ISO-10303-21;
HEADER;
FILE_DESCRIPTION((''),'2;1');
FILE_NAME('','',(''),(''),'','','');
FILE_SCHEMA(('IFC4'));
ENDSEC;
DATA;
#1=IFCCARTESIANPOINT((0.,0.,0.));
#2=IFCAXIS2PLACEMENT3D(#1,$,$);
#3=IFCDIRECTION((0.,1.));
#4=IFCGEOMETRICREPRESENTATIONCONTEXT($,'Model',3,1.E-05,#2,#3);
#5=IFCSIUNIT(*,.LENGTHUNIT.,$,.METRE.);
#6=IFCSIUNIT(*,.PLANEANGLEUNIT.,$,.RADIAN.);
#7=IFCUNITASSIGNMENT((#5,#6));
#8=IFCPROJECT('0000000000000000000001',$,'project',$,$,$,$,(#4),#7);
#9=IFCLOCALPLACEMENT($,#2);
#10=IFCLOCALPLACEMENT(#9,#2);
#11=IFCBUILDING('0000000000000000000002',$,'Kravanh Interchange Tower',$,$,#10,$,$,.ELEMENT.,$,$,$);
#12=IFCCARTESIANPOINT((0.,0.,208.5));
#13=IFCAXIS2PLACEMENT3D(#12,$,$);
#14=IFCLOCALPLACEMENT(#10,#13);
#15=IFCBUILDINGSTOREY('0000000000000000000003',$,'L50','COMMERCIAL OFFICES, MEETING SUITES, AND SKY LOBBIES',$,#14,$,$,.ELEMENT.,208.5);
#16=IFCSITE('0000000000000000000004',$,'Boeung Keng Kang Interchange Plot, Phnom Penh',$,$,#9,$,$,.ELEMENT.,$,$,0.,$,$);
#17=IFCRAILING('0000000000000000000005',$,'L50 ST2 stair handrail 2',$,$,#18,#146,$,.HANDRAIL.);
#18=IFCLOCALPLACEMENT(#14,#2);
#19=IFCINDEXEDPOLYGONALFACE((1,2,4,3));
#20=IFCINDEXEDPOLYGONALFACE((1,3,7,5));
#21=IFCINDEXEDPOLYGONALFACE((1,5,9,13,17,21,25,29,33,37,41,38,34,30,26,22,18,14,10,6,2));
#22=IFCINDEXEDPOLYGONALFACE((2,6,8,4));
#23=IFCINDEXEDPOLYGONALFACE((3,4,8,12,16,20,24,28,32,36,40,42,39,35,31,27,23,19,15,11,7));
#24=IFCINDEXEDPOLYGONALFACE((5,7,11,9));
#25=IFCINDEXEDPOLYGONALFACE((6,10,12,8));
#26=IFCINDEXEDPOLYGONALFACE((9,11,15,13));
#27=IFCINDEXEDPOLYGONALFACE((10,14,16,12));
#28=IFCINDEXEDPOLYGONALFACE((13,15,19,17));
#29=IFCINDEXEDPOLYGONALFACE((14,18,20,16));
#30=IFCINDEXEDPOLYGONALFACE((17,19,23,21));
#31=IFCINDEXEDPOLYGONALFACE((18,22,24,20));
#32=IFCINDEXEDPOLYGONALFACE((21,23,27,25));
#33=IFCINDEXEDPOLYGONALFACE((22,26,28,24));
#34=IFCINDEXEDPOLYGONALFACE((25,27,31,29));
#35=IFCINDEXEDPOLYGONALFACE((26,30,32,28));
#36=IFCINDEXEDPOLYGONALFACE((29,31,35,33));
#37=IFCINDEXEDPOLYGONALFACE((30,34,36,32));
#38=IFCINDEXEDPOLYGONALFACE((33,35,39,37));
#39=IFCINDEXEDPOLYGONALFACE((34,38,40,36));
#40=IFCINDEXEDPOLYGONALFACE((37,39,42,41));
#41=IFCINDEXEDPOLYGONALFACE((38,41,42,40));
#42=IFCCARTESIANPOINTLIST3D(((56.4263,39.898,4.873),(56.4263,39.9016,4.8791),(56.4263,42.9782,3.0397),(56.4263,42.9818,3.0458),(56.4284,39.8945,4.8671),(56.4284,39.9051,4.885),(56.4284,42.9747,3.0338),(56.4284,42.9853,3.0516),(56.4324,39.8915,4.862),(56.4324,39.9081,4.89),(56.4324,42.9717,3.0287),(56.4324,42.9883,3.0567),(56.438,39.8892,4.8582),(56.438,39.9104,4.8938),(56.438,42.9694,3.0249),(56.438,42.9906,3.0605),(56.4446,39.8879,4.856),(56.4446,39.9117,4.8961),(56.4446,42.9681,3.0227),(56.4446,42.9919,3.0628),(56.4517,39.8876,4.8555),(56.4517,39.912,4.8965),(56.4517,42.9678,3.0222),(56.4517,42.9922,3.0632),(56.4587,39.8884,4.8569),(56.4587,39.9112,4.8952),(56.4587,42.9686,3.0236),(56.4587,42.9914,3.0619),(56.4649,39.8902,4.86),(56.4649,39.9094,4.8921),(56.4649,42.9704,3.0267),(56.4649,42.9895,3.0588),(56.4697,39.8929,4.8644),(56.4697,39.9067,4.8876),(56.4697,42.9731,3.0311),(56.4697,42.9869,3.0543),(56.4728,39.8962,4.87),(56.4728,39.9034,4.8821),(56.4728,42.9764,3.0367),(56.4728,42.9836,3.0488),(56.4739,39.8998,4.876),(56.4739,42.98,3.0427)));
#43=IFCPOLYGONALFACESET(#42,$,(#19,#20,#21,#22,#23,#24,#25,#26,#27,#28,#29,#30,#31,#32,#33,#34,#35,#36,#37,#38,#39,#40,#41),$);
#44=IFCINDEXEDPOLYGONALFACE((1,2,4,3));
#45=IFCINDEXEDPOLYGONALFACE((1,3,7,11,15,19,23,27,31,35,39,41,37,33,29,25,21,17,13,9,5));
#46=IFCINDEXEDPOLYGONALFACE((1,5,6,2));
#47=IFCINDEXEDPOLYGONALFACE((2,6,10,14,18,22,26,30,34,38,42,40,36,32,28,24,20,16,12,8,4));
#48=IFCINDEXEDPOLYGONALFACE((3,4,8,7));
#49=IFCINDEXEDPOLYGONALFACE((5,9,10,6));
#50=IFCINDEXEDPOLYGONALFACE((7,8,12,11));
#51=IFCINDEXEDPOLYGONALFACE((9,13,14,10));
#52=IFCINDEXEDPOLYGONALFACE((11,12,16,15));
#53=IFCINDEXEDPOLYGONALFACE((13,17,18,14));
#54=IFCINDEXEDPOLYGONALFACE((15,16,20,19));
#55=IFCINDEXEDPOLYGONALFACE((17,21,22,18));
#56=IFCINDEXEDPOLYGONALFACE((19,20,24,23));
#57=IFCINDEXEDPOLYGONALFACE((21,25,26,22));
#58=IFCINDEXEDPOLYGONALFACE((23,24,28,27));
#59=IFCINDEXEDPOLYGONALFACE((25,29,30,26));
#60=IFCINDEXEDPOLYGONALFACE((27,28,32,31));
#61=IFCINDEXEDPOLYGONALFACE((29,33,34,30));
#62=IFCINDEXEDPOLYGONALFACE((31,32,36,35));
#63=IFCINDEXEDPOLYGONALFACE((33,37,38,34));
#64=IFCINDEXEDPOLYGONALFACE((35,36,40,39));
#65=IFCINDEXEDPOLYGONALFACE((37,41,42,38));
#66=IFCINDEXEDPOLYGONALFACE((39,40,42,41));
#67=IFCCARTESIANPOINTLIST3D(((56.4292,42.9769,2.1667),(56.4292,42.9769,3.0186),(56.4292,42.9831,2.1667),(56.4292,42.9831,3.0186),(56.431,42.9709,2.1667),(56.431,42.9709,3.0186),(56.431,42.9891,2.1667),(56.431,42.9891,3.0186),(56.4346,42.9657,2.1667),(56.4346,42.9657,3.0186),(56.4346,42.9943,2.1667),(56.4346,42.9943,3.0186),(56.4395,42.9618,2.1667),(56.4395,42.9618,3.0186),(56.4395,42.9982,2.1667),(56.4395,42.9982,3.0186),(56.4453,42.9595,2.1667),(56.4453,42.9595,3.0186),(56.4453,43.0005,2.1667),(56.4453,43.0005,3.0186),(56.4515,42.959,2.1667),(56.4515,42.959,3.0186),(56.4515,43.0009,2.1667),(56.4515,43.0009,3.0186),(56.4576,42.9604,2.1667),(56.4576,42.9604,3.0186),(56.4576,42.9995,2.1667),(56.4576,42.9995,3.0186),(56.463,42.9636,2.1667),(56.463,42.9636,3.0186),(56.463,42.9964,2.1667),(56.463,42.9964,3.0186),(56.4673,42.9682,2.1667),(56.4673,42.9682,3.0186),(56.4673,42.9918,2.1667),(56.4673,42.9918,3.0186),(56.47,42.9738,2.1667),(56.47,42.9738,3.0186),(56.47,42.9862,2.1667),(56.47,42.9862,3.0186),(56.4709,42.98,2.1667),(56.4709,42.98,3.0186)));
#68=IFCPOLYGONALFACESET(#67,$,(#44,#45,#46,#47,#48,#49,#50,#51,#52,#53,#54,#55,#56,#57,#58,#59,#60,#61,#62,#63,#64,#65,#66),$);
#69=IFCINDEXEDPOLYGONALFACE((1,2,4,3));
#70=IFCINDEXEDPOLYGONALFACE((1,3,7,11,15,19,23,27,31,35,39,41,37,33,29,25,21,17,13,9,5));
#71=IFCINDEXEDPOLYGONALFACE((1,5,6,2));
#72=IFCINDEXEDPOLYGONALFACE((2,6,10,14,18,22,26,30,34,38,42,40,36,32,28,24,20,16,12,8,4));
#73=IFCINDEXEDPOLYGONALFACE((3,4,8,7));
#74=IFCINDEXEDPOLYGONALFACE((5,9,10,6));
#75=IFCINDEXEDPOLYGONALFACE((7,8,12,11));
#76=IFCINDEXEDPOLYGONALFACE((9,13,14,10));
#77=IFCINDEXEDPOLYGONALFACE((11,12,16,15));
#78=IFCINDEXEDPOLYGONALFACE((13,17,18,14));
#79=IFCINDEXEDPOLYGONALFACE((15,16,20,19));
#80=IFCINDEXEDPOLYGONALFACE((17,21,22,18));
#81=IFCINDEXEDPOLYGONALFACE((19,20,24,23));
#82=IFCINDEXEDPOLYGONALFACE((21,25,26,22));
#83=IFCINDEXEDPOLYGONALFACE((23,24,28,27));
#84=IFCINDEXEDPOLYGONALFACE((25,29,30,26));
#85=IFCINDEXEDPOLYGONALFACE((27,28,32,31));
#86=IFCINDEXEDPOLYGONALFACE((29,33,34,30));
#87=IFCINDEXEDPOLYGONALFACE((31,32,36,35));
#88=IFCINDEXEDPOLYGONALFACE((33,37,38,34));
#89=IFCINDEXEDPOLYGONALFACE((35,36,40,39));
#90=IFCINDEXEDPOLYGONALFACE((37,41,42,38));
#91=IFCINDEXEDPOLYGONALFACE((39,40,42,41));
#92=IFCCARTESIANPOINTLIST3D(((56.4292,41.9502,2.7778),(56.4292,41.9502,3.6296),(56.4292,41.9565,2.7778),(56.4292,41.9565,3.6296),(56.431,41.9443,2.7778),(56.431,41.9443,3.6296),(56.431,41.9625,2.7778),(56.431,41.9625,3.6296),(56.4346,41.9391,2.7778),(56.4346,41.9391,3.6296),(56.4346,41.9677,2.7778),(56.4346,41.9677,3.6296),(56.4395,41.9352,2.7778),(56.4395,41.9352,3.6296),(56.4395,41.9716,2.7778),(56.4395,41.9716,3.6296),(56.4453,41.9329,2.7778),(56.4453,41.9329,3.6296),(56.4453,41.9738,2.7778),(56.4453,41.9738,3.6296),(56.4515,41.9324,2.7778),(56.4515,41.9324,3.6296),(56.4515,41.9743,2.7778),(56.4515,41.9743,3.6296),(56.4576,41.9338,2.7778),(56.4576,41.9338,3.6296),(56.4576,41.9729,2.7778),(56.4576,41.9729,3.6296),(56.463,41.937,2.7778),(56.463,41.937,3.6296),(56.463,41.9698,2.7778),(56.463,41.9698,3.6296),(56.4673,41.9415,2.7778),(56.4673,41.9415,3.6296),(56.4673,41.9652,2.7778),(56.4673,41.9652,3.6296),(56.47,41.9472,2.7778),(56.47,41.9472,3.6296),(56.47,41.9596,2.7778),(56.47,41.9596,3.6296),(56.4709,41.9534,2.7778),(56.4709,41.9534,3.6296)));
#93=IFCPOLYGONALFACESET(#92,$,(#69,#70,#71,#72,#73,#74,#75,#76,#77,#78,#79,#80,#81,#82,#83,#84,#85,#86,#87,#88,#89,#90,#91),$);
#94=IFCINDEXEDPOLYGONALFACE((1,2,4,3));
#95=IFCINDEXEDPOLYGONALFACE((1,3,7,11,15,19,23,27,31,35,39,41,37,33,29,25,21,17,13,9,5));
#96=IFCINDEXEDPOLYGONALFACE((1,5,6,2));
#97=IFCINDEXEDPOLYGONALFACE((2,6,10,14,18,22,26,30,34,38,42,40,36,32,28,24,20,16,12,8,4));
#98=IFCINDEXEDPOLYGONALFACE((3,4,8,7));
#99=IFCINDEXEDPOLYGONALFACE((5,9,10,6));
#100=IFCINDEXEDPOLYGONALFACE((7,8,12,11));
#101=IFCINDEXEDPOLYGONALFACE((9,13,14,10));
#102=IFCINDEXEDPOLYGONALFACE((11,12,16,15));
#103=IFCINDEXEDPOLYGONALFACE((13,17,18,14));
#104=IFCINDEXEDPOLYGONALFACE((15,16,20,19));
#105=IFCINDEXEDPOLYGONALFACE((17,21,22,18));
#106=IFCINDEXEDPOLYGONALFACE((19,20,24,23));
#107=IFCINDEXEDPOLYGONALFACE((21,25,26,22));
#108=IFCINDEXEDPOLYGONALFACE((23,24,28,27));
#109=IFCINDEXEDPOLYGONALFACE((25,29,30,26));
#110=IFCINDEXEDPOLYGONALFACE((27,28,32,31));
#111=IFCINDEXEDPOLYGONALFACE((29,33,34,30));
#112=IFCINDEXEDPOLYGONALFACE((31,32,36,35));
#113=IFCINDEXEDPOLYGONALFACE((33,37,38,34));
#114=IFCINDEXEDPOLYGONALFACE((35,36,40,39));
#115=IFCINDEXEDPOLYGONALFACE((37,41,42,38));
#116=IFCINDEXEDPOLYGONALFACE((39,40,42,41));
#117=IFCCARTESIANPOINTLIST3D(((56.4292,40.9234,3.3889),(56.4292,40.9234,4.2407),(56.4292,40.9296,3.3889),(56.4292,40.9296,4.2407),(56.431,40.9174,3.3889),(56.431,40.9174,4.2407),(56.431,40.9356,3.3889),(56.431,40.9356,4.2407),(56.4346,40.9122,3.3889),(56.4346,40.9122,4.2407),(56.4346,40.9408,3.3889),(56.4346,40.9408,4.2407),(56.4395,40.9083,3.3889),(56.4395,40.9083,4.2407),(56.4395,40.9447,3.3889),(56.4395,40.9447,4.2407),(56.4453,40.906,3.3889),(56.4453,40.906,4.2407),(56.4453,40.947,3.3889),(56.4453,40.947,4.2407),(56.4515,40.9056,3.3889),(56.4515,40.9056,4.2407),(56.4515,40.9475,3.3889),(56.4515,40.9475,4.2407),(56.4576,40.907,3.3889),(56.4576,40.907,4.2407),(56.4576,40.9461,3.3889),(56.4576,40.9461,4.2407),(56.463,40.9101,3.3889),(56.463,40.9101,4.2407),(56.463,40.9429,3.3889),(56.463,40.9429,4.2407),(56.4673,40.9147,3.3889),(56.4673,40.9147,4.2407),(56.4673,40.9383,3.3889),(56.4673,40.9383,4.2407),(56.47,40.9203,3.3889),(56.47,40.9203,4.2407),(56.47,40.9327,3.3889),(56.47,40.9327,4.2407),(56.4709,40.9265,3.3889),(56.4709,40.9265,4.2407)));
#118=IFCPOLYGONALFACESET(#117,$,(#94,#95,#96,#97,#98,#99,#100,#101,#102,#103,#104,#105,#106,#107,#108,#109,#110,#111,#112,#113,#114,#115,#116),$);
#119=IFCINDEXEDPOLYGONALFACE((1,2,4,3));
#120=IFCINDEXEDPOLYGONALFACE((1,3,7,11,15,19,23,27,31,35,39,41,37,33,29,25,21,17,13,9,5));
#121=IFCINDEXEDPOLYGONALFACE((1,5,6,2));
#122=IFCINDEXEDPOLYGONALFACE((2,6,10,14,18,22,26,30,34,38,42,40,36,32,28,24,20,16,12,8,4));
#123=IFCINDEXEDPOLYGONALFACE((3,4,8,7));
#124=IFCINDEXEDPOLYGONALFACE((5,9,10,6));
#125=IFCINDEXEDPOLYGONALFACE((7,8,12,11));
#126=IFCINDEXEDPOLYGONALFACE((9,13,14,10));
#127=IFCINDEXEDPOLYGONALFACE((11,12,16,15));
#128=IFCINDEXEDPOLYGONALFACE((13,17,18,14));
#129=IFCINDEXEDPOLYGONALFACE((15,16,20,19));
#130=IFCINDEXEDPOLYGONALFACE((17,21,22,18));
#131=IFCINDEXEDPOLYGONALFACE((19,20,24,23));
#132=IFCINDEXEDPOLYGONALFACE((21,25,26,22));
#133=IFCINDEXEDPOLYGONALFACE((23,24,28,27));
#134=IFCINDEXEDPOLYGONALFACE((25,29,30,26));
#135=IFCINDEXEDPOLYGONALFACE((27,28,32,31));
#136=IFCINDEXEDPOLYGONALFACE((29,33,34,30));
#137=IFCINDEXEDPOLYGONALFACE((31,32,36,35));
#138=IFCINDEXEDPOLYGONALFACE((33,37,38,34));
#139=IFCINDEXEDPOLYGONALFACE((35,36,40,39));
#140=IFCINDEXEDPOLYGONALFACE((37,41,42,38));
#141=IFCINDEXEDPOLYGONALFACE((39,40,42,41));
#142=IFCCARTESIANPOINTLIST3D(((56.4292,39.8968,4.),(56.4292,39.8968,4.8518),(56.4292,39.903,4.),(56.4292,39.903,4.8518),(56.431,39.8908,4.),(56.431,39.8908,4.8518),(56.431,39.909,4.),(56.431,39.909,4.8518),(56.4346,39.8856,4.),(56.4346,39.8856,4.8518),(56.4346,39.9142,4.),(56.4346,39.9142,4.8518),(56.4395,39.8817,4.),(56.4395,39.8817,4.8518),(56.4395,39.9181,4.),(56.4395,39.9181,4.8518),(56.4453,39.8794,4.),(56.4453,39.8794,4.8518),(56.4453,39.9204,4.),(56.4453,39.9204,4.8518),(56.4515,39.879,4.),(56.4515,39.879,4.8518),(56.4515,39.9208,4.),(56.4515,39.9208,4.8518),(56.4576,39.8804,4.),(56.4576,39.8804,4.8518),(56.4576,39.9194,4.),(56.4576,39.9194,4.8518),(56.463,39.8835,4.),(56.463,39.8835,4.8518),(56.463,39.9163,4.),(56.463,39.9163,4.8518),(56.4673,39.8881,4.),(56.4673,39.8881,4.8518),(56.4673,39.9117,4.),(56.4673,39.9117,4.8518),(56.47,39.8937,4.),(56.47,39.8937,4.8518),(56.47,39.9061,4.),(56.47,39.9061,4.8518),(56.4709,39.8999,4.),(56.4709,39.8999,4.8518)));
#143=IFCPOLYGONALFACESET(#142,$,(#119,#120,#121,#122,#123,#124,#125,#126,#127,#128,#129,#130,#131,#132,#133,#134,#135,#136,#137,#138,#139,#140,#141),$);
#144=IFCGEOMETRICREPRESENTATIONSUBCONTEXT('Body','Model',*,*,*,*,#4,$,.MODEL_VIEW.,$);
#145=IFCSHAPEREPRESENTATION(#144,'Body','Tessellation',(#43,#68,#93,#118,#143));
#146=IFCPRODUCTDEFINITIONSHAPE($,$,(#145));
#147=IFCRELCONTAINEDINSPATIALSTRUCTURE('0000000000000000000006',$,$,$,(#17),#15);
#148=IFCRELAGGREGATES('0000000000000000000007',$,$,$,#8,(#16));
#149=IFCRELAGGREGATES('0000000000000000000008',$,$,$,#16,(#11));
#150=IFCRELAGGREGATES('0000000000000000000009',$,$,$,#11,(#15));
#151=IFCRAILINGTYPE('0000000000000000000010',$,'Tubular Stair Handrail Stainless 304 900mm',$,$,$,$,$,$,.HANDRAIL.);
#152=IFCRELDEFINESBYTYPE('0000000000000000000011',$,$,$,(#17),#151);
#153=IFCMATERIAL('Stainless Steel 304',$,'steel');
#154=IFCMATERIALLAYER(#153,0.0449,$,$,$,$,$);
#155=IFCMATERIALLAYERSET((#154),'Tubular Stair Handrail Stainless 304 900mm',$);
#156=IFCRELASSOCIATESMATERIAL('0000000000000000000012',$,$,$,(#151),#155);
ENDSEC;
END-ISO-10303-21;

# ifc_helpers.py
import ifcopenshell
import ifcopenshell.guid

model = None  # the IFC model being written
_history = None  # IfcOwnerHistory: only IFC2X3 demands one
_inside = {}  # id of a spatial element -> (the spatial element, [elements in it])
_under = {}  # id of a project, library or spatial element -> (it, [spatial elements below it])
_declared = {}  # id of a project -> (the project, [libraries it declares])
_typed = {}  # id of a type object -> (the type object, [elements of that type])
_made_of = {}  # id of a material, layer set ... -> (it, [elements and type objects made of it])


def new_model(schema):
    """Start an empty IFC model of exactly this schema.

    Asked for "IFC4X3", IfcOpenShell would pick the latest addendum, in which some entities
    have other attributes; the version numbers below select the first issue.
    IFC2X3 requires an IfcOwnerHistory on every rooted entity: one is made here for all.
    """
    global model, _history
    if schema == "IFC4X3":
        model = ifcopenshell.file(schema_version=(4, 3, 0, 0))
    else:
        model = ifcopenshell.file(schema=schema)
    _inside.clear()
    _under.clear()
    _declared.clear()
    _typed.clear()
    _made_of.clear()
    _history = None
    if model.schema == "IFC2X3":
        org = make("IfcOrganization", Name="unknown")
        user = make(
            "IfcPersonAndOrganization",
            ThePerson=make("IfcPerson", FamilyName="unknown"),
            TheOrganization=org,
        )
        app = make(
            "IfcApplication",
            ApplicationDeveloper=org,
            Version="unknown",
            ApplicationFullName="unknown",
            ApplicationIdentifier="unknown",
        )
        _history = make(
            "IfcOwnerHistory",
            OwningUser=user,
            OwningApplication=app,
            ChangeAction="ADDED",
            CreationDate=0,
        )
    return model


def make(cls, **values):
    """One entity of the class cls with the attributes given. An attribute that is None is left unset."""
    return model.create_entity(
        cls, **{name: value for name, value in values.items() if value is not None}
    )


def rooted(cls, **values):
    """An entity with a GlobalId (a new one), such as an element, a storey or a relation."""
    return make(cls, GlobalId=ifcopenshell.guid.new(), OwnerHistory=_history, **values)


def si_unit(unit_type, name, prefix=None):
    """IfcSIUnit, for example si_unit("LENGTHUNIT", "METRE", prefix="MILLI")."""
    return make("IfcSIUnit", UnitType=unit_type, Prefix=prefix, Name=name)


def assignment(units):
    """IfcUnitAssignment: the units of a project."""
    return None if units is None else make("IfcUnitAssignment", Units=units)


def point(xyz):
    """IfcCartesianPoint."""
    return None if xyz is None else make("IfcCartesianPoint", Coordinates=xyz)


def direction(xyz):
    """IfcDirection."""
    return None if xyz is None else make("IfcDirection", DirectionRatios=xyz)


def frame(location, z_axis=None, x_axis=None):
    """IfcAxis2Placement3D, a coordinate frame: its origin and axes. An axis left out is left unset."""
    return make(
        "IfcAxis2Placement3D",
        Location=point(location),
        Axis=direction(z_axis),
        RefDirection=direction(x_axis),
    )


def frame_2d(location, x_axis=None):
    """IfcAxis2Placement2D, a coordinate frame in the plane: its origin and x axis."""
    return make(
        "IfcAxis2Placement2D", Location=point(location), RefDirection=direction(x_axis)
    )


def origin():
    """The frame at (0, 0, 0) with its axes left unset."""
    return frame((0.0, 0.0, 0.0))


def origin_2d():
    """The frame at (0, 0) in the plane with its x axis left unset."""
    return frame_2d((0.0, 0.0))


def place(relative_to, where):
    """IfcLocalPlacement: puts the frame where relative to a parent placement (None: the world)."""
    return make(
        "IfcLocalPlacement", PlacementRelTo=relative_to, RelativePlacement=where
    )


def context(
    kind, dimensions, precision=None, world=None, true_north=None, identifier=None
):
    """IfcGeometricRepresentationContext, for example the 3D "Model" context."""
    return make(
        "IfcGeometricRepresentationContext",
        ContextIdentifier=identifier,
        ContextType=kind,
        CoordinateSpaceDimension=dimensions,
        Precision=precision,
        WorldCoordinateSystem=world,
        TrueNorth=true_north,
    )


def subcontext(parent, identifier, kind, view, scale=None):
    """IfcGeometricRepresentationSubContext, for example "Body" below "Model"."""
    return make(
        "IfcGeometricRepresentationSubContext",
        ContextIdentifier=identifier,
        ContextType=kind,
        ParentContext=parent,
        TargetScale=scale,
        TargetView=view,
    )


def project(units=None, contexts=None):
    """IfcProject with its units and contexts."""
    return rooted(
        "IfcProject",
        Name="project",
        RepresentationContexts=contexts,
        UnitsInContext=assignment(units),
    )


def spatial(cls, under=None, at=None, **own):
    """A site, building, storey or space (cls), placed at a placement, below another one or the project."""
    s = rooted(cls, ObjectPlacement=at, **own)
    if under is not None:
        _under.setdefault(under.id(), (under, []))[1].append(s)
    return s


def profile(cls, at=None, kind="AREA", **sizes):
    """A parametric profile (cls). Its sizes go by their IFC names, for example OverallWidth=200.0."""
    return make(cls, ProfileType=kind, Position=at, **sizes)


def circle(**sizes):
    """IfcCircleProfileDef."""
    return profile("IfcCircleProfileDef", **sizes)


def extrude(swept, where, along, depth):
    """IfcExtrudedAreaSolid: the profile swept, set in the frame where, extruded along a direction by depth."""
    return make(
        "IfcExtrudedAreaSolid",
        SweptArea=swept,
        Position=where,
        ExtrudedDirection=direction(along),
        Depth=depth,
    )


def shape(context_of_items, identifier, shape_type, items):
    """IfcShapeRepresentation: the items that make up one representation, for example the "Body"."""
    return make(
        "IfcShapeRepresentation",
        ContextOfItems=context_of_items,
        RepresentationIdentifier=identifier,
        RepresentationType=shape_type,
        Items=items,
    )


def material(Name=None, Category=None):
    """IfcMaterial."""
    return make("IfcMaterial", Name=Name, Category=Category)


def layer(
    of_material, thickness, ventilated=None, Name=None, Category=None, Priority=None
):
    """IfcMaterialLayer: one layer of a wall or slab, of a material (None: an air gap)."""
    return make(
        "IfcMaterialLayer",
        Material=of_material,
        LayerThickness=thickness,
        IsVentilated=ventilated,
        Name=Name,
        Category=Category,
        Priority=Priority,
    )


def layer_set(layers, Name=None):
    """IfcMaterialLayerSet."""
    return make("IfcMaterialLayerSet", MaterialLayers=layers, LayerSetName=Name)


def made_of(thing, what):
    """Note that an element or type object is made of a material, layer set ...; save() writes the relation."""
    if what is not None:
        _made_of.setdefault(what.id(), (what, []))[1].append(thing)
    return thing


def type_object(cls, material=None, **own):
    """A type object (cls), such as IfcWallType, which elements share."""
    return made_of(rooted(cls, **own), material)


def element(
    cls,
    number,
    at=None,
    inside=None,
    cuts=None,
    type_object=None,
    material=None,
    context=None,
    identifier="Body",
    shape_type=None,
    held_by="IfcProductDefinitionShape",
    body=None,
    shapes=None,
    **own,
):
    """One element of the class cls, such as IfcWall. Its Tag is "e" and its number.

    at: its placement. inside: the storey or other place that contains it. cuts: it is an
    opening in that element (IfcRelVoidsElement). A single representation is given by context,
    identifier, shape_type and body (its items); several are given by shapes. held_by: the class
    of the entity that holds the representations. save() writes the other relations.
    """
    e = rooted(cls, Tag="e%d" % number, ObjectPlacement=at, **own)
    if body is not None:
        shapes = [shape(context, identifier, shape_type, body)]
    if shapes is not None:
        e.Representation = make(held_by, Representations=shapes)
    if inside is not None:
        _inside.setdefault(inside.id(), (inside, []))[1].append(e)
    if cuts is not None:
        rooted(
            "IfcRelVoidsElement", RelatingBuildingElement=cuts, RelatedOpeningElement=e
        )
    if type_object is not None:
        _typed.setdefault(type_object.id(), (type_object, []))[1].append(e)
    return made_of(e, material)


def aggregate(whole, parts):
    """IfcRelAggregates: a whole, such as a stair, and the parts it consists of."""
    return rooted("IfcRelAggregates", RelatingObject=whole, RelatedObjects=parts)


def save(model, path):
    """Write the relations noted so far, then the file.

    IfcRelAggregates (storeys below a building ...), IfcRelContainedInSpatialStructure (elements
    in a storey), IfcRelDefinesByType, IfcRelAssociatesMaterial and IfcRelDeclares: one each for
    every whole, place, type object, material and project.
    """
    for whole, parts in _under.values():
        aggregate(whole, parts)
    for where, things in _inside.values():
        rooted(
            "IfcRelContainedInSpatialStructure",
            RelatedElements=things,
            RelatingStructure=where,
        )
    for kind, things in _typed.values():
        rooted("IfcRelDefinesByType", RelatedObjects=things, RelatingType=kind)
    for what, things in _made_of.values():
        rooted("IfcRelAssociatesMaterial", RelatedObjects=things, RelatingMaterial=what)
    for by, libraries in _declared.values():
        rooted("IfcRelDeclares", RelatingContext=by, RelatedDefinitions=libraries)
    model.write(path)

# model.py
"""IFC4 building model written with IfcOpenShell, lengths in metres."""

from ifc_helpers import new_model, si_unit, direction, frame, origin, origin_2d, place, context, subcontext, project, spatial, circle, extrude, material, layer, layer_set, type_object, element, save


model = new_model("IFC4")

# Units and contexts
model_context = context("Model", 3, precision=1e-05, world=origin(), true_north=direction((0.0, 1.0)))
body_context = subcontext(model_context, "Body", "Model", "MODEL_VIEW")
ifc_project = project(units=[si_unit("LENGTHUNIT", "METRE"), si_unit("PLANEANGLEUNIT", "RADIAN")], contexts=[model_context])

# Site, building, storey
site_placement = place(None, origin())
site = spatial("IfcSite", under=ifc_project, at=site_placement, Name="Boeung Keng Kang Interchange Plot, Phnom Penh", CompositionType="ELEMENT", RefElevation=0.0)
building_placement = place(site_placement, origin())
building = spatial("IfcBuilding", under=site, at=building_placement, Name="Kravanh Interchange Tower", CompositionType="ELEMENT")
storey_placement = place(building_placement, frame((0.0, 0.0, 208.5)))
storey = spatial("IfcBuildingStorey", under=building, at=storey_placement, Name="L50", Description="COMMERCIAL OFFICES, MEETING SUITES, AND SKY LOBBIES", CompositionType="ELEMENT", Elevation=208.5)

# Railing
ifc_material_1 = material(Name="Stainless Steel 304", Category="steel")
ifc_layer_1 = layer(ifc_material_1, 0.0449)
ifc_layer_set_1 = layer_set([ifc_layer_1], Name="Tubular Stair Handrail Stainless 304 900mm")
railing_type_1 = type_object("IfcRailingType", Name="Tubular Stair Handrail Stainless 304 900mm", PredefinedType="HANDRAIL", material=ifc_layer_set_1)
railing_1_placement = place(storey_placement, frame((56.45, 42.98, 2.1667)))
element("IfcRailing", 1, at=railing_1_placement, inside=storey, type_object=railing_type_1, Name="L50 ST2 stair handrail 2", PredefinedType="HANDRAIL", context=body_context, shape_type="SweptSolid", body=[
    extrude(circle(Radius=0.0239, at=origin_2d()), frame((0.0, 0.0, 0.876), z_axis=(0.0, -0.859309, 0.511458), x_axis=(1.0, 0.0, 0.0)), (0.0, 0.0, 1.0), 3.5845),
    extrude(circle(Radius=0.021, at=origin_2d()), origin(), (0.0, 0.0, 1.0), 0.8518),
    extrude(circle(Radius=0.021, at=origin_2d()), frame((0.0, -1.0266, 0.6111)), (0.0, 0.0, 1.0), 0.8518),
    extrude(circle(Radius=0.021, at=origin_2d()), frame((0.0, -2.0535, 1.2222)), (0.0, 0.0, 1.0), 0.8518),
    extrude(circle(Radius=0.021, at=origin_2d()), frame((0.0, -3.0801, 1.8333)), (0.0, 0.0, 1.0), 0.8518),
])

save(model, "model.ifc")
